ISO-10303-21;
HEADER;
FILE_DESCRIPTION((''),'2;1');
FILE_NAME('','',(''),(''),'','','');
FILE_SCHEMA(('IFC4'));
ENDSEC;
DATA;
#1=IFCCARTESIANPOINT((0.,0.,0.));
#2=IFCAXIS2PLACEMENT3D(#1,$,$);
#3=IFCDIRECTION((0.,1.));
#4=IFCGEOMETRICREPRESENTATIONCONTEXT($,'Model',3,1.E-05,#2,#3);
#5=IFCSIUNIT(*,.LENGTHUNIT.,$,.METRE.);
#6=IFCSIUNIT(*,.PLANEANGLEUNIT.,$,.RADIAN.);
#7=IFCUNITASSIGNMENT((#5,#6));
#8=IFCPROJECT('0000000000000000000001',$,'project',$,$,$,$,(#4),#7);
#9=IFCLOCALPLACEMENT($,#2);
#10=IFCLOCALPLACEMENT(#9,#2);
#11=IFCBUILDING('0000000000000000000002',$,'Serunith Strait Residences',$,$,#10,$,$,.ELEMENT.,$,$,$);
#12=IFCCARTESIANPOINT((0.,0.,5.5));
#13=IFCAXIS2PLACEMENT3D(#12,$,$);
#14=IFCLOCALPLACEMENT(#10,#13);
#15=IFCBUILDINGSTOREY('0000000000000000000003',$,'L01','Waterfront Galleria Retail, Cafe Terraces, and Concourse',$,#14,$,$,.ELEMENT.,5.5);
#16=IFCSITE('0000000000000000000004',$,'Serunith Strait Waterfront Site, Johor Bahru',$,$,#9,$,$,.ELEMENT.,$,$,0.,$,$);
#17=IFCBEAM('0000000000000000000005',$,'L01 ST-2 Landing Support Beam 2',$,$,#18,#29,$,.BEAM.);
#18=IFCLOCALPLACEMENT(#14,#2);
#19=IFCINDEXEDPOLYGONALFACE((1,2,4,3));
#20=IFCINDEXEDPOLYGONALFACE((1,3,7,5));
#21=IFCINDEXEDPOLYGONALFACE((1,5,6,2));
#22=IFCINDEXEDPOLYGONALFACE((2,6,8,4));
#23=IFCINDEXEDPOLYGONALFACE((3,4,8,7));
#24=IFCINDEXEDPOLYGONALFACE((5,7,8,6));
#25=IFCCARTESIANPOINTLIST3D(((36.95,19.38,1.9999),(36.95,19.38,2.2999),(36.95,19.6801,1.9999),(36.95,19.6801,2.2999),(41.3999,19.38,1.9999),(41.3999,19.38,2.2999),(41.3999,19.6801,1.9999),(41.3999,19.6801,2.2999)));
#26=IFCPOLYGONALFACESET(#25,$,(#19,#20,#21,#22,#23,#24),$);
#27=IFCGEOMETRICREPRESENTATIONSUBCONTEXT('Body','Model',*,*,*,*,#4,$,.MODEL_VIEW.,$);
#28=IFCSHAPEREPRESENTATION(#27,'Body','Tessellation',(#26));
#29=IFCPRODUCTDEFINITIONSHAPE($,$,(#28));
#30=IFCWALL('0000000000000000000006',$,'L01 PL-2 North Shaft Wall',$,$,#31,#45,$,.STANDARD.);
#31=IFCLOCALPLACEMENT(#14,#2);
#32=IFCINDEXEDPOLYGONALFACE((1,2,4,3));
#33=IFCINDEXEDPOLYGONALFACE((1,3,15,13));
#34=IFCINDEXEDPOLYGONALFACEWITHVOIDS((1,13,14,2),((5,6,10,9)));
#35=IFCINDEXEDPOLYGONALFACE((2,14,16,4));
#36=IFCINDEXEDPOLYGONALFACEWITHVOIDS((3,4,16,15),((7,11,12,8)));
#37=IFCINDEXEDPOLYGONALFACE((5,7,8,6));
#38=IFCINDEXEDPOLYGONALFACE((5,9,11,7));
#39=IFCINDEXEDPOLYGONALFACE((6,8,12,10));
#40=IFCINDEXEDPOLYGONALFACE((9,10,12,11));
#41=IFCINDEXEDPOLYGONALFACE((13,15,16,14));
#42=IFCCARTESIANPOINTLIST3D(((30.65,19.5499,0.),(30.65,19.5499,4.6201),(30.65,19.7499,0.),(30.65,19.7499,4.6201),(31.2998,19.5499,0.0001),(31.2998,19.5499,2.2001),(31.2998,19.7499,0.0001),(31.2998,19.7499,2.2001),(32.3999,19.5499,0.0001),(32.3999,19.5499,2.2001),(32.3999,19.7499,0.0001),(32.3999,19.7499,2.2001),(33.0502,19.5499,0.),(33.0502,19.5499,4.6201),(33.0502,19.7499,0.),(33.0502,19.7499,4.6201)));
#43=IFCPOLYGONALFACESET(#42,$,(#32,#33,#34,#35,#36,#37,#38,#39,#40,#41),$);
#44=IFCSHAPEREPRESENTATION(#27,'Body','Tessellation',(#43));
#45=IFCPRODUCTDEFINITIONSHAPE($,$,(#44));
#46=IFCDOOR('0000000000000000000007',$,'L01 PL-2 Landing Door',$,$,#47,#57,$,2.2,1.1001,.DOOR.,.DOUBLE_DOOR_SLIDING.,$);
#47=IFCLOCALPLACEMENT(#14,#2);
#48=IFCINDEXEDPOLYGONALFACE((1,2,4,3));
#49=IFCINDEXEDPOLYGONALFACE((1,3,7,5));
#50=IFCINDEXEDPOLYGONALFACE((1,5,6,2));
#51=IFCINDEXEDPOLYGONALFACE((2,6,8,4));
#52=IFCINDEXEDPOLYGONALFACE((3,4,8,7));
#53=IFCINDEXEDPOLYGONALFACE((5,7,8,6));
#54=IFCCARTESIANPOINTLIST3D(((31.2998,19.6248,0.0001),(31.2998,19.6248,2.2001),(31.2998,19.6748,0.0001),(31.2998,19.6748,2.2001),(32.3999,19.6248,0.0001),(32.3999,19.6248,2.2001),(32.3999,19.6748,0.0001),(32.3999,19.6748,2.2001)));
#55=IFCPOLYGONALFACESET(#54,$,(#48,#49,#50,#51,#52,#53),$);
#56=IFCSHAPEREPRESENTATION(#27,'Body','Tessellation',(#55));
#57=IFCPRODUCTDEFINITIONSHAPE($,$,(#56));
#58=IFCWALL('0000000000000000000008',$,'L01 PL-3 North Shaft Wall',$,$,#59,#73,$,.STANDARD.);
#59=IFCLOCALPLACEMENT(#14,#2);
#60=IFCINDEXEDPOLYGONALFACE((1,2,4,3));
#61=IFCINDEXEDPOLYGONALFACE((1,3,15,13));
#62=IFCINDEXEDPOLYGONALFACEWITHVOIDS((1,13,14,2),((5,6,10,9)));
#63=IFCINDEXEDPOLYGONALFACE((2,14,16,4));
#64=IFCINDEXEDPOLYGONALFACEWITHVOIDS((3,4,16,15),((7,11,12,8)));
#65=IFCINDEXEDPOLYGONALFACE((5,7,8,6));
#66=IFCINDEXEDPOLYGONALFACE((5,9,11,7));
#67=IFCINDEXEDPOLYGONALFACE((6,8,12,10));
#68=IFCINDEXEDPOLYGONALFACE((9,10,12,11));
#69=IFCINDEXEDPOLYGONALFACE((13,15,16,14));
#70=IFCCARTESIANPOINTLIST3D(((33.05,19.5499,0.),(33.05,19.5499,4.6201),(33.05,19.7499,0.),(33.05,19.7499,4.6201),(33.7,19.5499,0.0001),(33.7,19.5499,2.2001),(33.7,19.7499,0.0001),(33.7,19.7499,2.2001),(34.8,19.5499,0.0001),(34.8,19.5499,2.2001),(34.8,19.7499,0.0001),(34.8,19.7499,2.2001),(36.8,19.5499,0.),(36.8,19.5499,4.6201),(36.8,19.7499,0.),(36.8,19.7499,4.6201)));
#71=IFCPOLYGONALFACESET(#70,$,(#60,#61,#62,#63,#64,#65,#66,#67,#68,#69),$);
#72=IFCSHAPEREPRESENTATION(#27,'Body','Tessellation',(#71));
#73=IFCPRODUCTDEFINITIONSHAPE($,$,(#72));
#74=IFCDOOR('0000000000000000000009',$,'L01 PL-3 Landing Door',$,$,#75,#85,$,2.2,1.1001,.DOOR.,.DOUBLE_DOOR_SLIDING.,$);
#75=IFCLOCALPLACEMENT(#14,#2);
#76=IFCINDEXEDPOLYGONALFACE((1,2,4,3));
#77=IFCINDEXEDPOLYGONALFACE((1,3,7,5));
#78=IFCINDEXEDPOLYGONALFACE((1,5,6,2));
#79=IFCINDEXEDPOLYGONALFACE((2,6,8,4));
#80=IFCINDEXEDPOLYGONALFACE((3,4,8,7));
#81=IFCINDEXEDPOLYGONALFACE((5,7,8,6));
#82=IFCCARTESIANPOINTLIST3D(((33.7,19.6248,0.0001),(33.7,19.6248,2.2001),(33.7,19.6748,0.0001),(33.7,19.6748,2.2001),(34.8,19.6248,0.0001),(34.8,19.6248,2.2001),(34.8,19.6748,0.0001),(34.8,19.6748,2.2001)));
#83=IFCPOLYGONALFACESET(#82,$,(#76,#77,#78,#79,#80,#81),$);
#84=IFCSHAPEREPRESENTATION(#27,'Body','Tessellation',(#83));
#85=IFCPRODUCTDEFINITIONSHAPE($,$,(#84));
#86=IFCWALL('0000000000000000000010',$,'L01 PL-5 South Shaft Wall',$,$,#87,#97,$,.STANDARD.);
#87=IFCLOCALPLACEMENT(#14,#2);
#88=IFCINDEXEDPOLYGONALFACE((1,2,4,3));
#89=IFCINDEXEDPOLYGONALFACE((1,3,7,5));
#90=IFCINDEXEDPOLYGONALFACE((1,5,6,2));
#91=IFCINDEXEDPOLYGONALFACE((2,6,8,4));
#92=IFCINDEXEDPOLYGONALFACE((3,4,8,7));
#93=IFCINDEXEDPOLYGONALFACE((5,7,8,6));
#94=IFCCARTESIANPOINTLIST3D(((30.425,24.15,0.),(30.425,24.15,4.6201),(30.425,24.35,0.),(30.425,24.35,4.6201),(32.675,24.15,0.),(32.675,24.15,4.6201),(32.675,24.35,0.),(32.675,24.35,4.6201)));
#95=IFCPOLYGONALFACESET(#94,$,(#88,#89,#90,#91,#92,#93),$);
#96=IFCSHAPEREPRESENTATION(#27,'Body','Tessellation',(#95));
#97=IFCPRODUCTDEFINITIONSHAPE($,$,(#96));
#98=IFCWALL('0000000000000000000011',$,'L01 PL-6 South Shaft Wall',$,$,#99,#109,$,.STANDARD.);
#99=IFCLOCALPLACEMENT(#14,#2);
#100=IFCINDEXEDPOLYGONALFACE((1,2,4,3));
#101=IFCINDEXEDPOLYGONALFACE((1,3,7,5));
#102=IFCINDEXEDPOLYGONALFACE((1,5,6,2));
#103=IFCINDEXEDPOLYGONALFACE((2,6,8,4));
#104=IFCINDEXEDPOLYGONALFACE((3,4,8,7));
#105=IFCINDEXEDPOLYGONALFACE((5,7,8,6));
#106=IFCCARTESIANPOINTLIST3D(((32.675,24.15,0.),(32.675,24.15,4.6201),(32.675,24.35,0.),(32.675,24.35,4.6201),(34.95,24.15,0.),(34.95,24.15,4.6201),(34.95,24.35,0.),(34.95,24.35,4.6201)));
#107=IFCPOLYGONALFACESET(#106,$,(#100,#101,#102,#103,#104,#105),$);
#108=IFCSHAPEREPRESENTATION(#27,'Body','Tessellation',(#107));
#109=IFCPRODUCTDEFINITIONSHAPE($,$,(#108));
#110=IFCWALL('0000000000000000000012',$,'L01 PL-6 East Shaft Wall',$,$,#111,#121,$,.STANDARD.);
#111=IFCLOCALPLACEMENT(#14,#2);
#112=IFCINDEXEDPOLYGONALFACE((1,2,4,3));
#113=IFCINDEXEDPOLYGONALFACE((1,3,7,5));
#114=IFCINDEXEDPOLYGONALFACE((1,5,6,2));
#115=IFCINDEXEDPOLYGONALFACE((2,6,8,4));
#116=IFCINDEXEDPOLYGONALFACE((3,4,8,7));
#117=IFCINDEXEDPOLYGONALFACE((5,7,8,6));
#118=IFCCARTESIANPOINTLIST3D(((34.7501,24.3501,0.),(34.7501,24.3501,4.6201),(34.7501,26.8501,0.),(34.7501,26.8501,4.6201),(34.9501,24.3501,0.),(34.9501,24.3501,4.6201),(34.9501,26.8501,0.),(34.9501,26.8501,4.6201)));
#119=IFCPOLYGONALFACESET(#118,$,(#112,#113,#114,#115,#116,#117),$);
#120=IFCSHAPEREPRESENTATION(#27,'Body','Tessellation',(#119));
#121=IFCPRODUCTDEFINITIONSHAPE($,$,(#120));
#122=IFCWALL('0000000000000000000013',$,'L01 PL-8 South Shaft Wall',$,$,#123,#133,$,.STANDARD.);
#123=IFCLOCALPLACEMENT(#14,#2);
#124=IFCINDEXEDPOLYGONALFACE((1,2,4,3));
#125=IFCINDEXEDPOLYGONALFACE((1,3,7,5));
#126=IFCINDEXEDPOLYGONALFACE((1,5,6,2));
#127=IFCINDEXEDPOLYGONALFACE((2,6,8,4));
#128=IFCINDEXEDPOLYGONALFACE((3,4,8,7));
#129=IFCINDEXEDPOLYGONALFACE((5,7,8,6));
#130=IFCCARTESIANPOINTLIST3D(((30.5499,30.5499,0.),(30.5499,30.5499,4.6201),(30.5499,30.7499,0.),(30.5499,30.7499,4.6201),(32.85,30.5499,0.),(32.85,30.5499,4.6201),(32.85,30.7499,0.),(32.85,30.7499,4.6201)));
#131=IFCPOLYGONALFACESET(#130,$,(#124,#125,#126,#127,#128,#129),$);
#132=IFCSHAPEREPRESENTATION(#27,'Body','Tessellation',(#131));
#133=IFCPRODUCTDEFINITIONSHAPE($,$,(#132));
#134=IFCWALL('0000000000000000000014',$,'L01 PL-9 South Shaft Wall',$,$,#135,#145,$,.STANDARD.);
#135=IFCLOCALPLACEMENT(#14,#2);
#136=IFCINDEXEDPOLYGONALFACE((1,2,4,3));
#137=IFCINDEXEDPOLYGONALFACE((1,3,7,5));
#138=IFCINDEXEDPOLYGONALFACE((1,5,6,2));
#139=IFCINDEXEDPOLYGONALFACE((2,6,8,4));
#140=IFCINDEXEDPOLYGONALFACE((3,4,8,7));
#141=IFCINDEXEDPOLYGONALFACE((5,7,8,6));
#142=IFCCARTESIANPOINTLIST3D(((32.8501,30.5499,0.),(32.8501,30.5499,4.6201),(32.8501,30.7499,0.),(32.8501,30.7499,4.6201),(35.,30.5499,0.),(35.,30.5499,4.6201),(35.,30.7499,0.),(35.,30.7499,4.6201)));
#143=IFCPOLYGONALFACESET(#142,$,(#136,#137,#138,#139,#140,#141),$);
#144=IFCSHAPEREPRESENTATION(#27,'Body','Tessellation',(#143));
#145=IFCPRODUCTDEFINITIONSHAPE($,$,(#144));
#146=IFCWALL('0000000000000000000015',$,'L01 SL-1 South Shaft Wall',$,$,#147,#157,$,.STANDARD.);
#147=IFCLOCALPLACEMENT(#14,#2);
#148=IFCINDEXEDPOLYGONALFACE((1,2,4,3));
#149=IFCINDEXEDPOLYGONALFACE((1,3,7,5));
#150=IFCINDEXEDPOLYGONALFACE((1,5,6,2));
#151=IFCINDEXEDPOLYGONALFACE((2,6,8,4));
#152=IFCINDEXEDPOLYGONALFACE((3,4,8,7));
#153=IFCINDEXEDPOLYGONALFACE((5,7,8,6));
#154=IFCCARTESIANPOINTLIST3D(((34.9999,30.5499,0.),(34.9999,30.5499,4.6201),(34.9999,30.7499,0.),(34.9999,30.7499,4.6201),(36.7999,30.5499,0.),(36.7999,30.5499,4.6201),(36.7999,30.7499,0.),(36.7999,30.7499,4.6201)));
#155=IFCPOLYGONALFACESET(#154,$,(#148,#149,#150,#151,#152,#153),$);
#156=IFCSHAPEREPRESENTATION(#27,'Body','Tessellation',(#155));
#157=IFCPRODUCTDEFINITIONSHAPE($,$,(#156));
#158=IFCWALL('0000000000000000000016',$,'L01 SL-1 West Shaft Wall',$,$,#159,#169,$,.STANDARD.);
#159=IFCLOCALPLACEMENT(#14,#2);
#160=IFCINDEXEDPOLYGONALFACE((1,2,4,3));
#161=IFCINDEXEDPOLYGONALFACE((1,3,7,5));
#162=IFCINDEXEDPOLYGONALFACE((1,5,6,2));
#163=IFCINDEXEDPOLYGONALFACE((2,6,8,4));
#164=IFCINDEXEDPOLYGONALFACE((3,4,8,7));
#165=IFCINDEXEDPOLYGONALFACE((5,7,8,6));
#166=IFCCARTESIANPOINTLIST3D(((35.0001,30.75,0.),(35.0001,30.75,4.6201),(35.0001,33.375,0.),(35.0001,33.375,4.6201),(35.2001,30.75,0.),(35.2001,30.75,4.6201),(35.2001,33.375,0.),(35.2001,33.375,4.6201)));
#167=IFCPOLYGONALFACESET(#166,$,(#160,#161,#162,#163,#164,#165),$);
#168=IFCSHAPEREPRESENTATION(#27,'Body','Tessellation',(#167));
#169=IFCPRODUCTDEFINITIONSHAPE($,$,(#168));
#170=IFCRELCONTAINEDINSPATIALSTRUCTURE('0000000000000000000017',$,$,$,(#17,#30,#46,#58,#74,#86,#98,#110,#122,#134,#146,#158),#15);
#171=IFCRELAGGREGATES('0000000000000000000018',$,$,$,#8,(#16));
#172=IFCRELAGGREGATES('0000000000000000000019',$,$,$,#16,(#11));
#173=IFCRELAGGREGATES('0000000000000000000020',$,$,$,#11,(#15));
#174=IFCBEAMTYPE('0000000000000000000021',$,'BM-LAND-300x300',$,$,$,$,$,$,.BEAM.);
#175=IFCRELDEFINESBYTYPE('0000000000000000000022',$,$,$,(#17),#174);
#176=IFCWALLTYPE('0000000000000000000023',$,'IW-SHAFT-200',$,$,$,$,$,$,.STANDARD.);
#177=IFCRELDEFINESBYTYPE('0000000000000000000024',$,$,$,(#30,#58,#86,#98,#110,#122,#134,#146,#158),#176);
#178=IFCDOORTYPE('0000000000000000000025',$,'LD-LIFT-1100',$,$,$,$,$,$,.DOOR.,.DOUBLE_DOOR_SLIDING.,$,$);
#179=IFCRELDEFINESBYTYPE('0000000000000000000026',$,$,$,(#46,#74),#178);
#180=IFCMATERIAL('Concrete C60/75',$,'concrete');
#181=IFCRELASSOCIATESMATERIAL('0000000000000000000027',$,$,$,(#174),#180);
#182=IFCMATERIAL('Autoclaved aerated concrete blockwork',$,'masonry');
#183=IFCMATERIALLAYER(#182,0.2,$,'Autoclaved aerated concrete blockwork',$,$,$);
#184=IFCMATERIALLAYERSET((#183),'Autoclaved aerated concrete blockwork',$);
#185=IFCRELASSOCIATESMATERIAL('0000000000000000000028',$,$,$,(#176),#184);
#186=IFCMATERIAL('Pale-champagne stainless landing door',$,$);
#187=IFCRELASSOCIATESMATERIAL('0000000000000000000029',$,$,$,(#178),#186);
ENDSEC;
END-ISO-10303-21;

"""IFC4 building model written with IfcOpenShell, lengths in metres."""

from ifc_helpers import new_model, si_unit, direction, frame, frame_2d, origin, origin_2d, place, context, subcontext, project, spatial, rectangle, extrude, source, transform, mapped, material, layer, layer_set, material_profile, profile_set, type_object, element, fill, save


model = new_model("IFC4")

# Units and contexts
model_context = context("Model", 3, precision=1e-05, world=origin(), true_north=direction((0.0, 1.0)))
body_context = subcontext(model_context, "Body", "Model", "MODEL_VIEW")
ifc_project = project(units=[si_unit("LENGTHUNIT", "METRE"), si_unit("PLANEANGLEUNIT", "RADIAN")], contexts=[model_context])

# Site, building, storey
site_placement = place(None, origin())
site = spatial("IfcSite", under=ifc_project, at=site_placement, Name="Serunith Strait Waterfront Site, Johor Bahru", CompositionType="ELEMENT", RefElevation=0.0)
building_placement = place(site_placement, origin())
building = spatial("IfcBuilding", under=site, at=building_placement, Name="Serunith Strait Residences", CompositionType="ELEMENT")
storey_placement = place(building_placement, frame((0.0, 0.0, 5.5)))
storey = spatial("IfcBuildingStorey", under=building, at=storey_placement, Name="L01", Description="Waterfront Galleria Retail, Cafe Terraces, and Concourse", CompositionType="ELEMENT", Elevation=5.5)

# Beam
ifc_material_1 = material(Name="Concrete C60/75", Category="concrete")
ifc_material_profile = material_profile(ifc_material_1, rectangle(XDim=0.3, YDim=0.3, at=origin_2d()), Name="RC 300x300")
ifc_profile_set = profile_set([ifc_material_profile], Name="Concrete C60/75")
beam_type = type_object("IfcBeamType", Name="BM-LAND-300x300", PredefinedType="BEAM", material=ifc_profile_set)
shared_shape_1 = source(origin(), body_context, "Body", "SweptSolid", [
    extrude(rectangle(XDim=0.3, YDim=0.3, at=origin_2d()), origin(), (0.0, 0.0, 1.0), 4.45),
])
beam_placement = place(storey_placement, frame((36.95, 19.53, 2.1499), z_axis=(1.0, 0.0, 0.0), x_axis=(0.0, 1.0, 0.0)))
element("IfcBeam", 1, at=beam_placement, inside=storey, type_object=beam_type, Name="L01 ST-2 Landing Support Beam 2", PredefinedType="BEAM", context=body_context, shape_type="MappedRepresentation", body=[
    mapped(shared_shape_1, transform((0.0, 0.0, 0.0), scale=1.0)),
])

# Walls, openings, doors
ifc_material_2 = material(Name="Autoclaved aerated concrete blockwork", Category="masonry")
ifc_layer_1 = layer(ifc_material_2, 0.2, Name="Autoclaved aerated concrete blockwork")
ifc_layer_set_1 = layer_set([ifc_layer_1], Name="Autoclaved aerated concrete blockwork")
wall_type_1 = type_object("IfcWallType", Name="IW-SHAFT-200", PredefinedType="STANDARD", material=ifc_layer_set_1)
wall_1_placement = place(storey_placement, frame((30.6499, 19.6499, 0.0), z_axis=(0.0, 0.0, 1.0), x_axis=(1.0, 0.0, 0.0)))
wall_1 = element("IfcWall", 2, at=wall_1_placement, inside=storey, type_object=wall_type_1, Name="L01 PL-2 North Shaft Wall", PredefinedType="STANDARD", context=body_context, shape_type="SweptSolid", body=[
    extrude(rectangle(XDim=2.4001, YDim=0.2, at=frame_2d((1.2002, 0.0))), origin(), (0.0, 0.0, 1.0), 4.6201),
])
opening_1_placement = place(wall_1_placement, frame((0.6499, 0.0, 0.0)))
opening_1 = element("IfcOpeningElement", 3, at=opening_1_placement, cuts=wall_1, PredefinedType="OPENING", context=body_context, shape_type="SweptSolid", body=[
    extrude(rectangle(XDim=1.1001, YDim=2.2, at=frame_2d((0.55, 1.1001))), frame((0.0, 0.1099, 0.0), z_axis=(0.0, -1.0, 0.0), x_axis=(1.0, 0.0, 0.0)), (0.0, 0.0, 1.0), 0.22),
])
ifc_material_3 = material(Name="Pale-champagne stainless landing door")
door_type_1 = type_object("IfcDoorType", Name="LD-LIFT-1100", OperationType="DOUBLE_DOOR_SLIDING", PredefinedType="DOOR", material=ifc_material_3)
shared_shape_2 = source(origin(), body_context, "Body", "SweptSolid", [
    extrude(rectangle(XDim=1.1001, YDim=2.2, at=frame_2d((0.55, 1.1001))), frame((0.0, 0.0249, 0.0), z_axis=(0.0, -1.0, 0.0), x_axis=(1.0, 0.0, 0.0)), (0.0, 0.0, 1.0), 0.05),
])
door_1_placement = place(opening_1_placement, origin())
door_1 = element("IfcDoor", 4, at=door_1_placement, inside=storey, type_object=door_type_1, Name="L01 PL-2 Landing Door", OperationType="DOUBLE_DOOR_SLIDING", OverallHeight=2.2, OverallWidth=1.1001, PredefinedType="DOOR", context=body_context, shape_type="MappedRepresentation", body=[
    mapped(shared_shape_2, transform((0.0, 0.0, 0.0), scale=1.0)),
])
fill(opening_1, door_1)
wall_2_placement = place(storey_placement, frame((33.05, 19.6499, 0.0), z_axis=(0.0, 0.0, 1.0), x_axis=(1.0, 0.0, 0.0)))
wall_2 = element("IfcWall", 5, at=wall_2_placement, inside=storey, type_object=wall_type_1, Name="L01 PL-3 North Shaft Wall", PredefinedType="STANDARD", context=body_context, shape_type="SweptSolid", body=[
    extrude(rectangle(XDim=3.75, YDim=0.2, at=frame_2d((1.875, 0.0))), origin(), (0.0, 0.0, 1.0), 4.6201),
])
opening_2_placement = place(wall_2_placement, frame((0.6499, 0.0, 0.0)))
opening_2 = element("IfcOpeningElement", 6, at=opening_2_placement, cuts=wall_2, PredefinedType="OPENING", context=body_context, shape_type="SweptSolid", body=[
    extrude(rectangle(XDim=1.1001, YDim=2.2, at=frame_2d((0.55, 1.1001))), frame((0.0, 0.1099, 0.0), z_axis=(0.0, -1.0, 0.0), x_axis=(1.0, 0.0, 0.0)), (0.0, 0.0, 1.0), 0.22),
])
door_2_placement = place(opening_2_placement, origin())
door_2 = element("IfcDoor", 7, at=door_2_placement, inside=storey, type_object=door_type_1, Name="L01 PL-3 Landing Door", OperationType="DOUBLE_DOOR_SLIDING", OverallHeight=2.2, OverallWidth=1.1001, PredefinedType="DOOR", context=body_context, shape_type="MappedRepresentation", body=[
    mapped(shared_shape_2, transform((0.0, 0.0, 0.0), scale=1.0)),
])
fill(opening_2, door_2)

# Walls
wall_3_placement = place(storey_placement, frame((30.425, 24.25, 0.0), z_axis=(0.0, 0.0, 1.0), x_axis=(1.0, 0.0, 0.0)))
element("IfcWall", 8, at=wall_3_placement, inside=storey, type_object=wall_type_1, Name="L01 PL-5 South Shaft Wall", PredefinedType="STANDARD", context=body_context, shape_type="SweptSolid", body=[
    extrude(rectangle(XDim=2.25, YDim=0.2, at=frame_2d((1.125, 0.0))), origin(), (0.0, 0.0, 1.0), 4.6201),
])
wall_4_placement = place(storey_placement, frame((32.675, 24.25, 0.0), z_axis=(0.0, 0.0, 1.0), x_axis=(1.0, 0.0, 0.0)))
element("IfcWall", 9, at=wall_4_placement, inside=storey, type_object=wall_type_1, Name="L01 PL-6 South Shaft Wall", PredefinedType="STANDARD", context=body_context, shape_type="SweptSolid", body=[
    extrude(rectangle(XDim=2.2749, YDim=0.2, at=frame_2d((1.1375, 0.0))), origin(), (0.0, 0.0, 1.0), 4.6201),
])
wall_5_placement = place(storey_placement, frame((34.8501, 24.3501, 0.0), z_axis=(0.0, 0.0, 1.0), x_axis=(0.0, 1.0, 0.0)))
element("IfcWall", 10, at=wall_5_placement, inside=storey, type_object=wall_type_1, Name="L01 PL-6 East Shaft Wall", PredefinedType="STANDARD", context=body_context, shape_type="SweptSolid", body=[
    extrude(rectangle(XDim=2.5, YDim=0.2, at=frame_2d((1.25, 0.0))), origin(), (0.0, 0.0, 1.0), 4.6201),
])
wall_6_placement = place(storey_placement, frame((30.55, 30.6499, 0.0), z_axis=(0.0, 0.0, 1.0), x_axis=(1.0, 0.0, 0.0)))
element("IfcWall", 11, at=wall_6_placement, inside=storey, type_object=wall_type_1, Name="L01 PL-8 South Shaft Wall", PredefinedType="STANDARD", context=body_context, shape_type="SweptSolid", body=[
    extrude(rectangle(XDim=2.3, YDim=0.2, at=frame_2d((1.1499, 0.0))), origin(), (0.0, 0.0, 1.0), 4.6201),
])
wall_7_placement = place(storey_placement, frame((32.8501, 30.6499, 0.0), z_axis=(0.0, 0.0, 1.0), x_axis=(1.0, 0.0, 0.0)))
element("IfcWall", 12, at=wall_7_placement, inside=storey, type_object=wall_type_1, Name="L01 PL-9 South Shaft Wall", PredefinedType="STANDARD", context=body_context, shape_type="SweptSolid", body=[
    extrude(rectangle(XDim=2.1499, YDim=0.2, at=frame_2d((1.075, 0.0))), origin(), (0.0, 0.0, 1.0), 4.6201),
])
wall_8_placement = place(storey_placement, frame((35.0, 30.6499, 0.0), z_axis=(0.0, 0.0, 1.0), x_axis=(1.0, 0.0, 0.0)))
element("IfcWall", 13, at=wall_8_placement, inside=storey, type_object=wall_type_1, Name="L01 SL-1 South Shaft Wall", PredefinedType="STANDARD", context=body_context, shape_type="SweptSolid", body=[
    extrude(rectangle(XDim=1.8, YDim=0.2, at=frame_2d((0.8999, 0.0))), origin(), (0.0, 0.0, 1.0), 4.6201),
])
wall_9_placement = place(storey_placement, frame((35.1001, 30.75, 0.0), z_axis=(0.0, 0.0, 1.0), x_axis=(0.0, 1.0, 0.0)))
element("IfcWall", 14, at=wall_9_placement, inside=storey, type_object=wall_type_1, Name="L01 SL-1 West Shaft Wall", PredefinedType="STANDARD", context=body_context, shape_type="SweptSolid", body=[
    extrude(rectangle(XDim=2.625, YDim=0.2, at=frame_2d((1.3125, 0.0))), origin(), (0.0, 0.0, 1.0), 4.6201),
])

save(model, "model.ifc")
